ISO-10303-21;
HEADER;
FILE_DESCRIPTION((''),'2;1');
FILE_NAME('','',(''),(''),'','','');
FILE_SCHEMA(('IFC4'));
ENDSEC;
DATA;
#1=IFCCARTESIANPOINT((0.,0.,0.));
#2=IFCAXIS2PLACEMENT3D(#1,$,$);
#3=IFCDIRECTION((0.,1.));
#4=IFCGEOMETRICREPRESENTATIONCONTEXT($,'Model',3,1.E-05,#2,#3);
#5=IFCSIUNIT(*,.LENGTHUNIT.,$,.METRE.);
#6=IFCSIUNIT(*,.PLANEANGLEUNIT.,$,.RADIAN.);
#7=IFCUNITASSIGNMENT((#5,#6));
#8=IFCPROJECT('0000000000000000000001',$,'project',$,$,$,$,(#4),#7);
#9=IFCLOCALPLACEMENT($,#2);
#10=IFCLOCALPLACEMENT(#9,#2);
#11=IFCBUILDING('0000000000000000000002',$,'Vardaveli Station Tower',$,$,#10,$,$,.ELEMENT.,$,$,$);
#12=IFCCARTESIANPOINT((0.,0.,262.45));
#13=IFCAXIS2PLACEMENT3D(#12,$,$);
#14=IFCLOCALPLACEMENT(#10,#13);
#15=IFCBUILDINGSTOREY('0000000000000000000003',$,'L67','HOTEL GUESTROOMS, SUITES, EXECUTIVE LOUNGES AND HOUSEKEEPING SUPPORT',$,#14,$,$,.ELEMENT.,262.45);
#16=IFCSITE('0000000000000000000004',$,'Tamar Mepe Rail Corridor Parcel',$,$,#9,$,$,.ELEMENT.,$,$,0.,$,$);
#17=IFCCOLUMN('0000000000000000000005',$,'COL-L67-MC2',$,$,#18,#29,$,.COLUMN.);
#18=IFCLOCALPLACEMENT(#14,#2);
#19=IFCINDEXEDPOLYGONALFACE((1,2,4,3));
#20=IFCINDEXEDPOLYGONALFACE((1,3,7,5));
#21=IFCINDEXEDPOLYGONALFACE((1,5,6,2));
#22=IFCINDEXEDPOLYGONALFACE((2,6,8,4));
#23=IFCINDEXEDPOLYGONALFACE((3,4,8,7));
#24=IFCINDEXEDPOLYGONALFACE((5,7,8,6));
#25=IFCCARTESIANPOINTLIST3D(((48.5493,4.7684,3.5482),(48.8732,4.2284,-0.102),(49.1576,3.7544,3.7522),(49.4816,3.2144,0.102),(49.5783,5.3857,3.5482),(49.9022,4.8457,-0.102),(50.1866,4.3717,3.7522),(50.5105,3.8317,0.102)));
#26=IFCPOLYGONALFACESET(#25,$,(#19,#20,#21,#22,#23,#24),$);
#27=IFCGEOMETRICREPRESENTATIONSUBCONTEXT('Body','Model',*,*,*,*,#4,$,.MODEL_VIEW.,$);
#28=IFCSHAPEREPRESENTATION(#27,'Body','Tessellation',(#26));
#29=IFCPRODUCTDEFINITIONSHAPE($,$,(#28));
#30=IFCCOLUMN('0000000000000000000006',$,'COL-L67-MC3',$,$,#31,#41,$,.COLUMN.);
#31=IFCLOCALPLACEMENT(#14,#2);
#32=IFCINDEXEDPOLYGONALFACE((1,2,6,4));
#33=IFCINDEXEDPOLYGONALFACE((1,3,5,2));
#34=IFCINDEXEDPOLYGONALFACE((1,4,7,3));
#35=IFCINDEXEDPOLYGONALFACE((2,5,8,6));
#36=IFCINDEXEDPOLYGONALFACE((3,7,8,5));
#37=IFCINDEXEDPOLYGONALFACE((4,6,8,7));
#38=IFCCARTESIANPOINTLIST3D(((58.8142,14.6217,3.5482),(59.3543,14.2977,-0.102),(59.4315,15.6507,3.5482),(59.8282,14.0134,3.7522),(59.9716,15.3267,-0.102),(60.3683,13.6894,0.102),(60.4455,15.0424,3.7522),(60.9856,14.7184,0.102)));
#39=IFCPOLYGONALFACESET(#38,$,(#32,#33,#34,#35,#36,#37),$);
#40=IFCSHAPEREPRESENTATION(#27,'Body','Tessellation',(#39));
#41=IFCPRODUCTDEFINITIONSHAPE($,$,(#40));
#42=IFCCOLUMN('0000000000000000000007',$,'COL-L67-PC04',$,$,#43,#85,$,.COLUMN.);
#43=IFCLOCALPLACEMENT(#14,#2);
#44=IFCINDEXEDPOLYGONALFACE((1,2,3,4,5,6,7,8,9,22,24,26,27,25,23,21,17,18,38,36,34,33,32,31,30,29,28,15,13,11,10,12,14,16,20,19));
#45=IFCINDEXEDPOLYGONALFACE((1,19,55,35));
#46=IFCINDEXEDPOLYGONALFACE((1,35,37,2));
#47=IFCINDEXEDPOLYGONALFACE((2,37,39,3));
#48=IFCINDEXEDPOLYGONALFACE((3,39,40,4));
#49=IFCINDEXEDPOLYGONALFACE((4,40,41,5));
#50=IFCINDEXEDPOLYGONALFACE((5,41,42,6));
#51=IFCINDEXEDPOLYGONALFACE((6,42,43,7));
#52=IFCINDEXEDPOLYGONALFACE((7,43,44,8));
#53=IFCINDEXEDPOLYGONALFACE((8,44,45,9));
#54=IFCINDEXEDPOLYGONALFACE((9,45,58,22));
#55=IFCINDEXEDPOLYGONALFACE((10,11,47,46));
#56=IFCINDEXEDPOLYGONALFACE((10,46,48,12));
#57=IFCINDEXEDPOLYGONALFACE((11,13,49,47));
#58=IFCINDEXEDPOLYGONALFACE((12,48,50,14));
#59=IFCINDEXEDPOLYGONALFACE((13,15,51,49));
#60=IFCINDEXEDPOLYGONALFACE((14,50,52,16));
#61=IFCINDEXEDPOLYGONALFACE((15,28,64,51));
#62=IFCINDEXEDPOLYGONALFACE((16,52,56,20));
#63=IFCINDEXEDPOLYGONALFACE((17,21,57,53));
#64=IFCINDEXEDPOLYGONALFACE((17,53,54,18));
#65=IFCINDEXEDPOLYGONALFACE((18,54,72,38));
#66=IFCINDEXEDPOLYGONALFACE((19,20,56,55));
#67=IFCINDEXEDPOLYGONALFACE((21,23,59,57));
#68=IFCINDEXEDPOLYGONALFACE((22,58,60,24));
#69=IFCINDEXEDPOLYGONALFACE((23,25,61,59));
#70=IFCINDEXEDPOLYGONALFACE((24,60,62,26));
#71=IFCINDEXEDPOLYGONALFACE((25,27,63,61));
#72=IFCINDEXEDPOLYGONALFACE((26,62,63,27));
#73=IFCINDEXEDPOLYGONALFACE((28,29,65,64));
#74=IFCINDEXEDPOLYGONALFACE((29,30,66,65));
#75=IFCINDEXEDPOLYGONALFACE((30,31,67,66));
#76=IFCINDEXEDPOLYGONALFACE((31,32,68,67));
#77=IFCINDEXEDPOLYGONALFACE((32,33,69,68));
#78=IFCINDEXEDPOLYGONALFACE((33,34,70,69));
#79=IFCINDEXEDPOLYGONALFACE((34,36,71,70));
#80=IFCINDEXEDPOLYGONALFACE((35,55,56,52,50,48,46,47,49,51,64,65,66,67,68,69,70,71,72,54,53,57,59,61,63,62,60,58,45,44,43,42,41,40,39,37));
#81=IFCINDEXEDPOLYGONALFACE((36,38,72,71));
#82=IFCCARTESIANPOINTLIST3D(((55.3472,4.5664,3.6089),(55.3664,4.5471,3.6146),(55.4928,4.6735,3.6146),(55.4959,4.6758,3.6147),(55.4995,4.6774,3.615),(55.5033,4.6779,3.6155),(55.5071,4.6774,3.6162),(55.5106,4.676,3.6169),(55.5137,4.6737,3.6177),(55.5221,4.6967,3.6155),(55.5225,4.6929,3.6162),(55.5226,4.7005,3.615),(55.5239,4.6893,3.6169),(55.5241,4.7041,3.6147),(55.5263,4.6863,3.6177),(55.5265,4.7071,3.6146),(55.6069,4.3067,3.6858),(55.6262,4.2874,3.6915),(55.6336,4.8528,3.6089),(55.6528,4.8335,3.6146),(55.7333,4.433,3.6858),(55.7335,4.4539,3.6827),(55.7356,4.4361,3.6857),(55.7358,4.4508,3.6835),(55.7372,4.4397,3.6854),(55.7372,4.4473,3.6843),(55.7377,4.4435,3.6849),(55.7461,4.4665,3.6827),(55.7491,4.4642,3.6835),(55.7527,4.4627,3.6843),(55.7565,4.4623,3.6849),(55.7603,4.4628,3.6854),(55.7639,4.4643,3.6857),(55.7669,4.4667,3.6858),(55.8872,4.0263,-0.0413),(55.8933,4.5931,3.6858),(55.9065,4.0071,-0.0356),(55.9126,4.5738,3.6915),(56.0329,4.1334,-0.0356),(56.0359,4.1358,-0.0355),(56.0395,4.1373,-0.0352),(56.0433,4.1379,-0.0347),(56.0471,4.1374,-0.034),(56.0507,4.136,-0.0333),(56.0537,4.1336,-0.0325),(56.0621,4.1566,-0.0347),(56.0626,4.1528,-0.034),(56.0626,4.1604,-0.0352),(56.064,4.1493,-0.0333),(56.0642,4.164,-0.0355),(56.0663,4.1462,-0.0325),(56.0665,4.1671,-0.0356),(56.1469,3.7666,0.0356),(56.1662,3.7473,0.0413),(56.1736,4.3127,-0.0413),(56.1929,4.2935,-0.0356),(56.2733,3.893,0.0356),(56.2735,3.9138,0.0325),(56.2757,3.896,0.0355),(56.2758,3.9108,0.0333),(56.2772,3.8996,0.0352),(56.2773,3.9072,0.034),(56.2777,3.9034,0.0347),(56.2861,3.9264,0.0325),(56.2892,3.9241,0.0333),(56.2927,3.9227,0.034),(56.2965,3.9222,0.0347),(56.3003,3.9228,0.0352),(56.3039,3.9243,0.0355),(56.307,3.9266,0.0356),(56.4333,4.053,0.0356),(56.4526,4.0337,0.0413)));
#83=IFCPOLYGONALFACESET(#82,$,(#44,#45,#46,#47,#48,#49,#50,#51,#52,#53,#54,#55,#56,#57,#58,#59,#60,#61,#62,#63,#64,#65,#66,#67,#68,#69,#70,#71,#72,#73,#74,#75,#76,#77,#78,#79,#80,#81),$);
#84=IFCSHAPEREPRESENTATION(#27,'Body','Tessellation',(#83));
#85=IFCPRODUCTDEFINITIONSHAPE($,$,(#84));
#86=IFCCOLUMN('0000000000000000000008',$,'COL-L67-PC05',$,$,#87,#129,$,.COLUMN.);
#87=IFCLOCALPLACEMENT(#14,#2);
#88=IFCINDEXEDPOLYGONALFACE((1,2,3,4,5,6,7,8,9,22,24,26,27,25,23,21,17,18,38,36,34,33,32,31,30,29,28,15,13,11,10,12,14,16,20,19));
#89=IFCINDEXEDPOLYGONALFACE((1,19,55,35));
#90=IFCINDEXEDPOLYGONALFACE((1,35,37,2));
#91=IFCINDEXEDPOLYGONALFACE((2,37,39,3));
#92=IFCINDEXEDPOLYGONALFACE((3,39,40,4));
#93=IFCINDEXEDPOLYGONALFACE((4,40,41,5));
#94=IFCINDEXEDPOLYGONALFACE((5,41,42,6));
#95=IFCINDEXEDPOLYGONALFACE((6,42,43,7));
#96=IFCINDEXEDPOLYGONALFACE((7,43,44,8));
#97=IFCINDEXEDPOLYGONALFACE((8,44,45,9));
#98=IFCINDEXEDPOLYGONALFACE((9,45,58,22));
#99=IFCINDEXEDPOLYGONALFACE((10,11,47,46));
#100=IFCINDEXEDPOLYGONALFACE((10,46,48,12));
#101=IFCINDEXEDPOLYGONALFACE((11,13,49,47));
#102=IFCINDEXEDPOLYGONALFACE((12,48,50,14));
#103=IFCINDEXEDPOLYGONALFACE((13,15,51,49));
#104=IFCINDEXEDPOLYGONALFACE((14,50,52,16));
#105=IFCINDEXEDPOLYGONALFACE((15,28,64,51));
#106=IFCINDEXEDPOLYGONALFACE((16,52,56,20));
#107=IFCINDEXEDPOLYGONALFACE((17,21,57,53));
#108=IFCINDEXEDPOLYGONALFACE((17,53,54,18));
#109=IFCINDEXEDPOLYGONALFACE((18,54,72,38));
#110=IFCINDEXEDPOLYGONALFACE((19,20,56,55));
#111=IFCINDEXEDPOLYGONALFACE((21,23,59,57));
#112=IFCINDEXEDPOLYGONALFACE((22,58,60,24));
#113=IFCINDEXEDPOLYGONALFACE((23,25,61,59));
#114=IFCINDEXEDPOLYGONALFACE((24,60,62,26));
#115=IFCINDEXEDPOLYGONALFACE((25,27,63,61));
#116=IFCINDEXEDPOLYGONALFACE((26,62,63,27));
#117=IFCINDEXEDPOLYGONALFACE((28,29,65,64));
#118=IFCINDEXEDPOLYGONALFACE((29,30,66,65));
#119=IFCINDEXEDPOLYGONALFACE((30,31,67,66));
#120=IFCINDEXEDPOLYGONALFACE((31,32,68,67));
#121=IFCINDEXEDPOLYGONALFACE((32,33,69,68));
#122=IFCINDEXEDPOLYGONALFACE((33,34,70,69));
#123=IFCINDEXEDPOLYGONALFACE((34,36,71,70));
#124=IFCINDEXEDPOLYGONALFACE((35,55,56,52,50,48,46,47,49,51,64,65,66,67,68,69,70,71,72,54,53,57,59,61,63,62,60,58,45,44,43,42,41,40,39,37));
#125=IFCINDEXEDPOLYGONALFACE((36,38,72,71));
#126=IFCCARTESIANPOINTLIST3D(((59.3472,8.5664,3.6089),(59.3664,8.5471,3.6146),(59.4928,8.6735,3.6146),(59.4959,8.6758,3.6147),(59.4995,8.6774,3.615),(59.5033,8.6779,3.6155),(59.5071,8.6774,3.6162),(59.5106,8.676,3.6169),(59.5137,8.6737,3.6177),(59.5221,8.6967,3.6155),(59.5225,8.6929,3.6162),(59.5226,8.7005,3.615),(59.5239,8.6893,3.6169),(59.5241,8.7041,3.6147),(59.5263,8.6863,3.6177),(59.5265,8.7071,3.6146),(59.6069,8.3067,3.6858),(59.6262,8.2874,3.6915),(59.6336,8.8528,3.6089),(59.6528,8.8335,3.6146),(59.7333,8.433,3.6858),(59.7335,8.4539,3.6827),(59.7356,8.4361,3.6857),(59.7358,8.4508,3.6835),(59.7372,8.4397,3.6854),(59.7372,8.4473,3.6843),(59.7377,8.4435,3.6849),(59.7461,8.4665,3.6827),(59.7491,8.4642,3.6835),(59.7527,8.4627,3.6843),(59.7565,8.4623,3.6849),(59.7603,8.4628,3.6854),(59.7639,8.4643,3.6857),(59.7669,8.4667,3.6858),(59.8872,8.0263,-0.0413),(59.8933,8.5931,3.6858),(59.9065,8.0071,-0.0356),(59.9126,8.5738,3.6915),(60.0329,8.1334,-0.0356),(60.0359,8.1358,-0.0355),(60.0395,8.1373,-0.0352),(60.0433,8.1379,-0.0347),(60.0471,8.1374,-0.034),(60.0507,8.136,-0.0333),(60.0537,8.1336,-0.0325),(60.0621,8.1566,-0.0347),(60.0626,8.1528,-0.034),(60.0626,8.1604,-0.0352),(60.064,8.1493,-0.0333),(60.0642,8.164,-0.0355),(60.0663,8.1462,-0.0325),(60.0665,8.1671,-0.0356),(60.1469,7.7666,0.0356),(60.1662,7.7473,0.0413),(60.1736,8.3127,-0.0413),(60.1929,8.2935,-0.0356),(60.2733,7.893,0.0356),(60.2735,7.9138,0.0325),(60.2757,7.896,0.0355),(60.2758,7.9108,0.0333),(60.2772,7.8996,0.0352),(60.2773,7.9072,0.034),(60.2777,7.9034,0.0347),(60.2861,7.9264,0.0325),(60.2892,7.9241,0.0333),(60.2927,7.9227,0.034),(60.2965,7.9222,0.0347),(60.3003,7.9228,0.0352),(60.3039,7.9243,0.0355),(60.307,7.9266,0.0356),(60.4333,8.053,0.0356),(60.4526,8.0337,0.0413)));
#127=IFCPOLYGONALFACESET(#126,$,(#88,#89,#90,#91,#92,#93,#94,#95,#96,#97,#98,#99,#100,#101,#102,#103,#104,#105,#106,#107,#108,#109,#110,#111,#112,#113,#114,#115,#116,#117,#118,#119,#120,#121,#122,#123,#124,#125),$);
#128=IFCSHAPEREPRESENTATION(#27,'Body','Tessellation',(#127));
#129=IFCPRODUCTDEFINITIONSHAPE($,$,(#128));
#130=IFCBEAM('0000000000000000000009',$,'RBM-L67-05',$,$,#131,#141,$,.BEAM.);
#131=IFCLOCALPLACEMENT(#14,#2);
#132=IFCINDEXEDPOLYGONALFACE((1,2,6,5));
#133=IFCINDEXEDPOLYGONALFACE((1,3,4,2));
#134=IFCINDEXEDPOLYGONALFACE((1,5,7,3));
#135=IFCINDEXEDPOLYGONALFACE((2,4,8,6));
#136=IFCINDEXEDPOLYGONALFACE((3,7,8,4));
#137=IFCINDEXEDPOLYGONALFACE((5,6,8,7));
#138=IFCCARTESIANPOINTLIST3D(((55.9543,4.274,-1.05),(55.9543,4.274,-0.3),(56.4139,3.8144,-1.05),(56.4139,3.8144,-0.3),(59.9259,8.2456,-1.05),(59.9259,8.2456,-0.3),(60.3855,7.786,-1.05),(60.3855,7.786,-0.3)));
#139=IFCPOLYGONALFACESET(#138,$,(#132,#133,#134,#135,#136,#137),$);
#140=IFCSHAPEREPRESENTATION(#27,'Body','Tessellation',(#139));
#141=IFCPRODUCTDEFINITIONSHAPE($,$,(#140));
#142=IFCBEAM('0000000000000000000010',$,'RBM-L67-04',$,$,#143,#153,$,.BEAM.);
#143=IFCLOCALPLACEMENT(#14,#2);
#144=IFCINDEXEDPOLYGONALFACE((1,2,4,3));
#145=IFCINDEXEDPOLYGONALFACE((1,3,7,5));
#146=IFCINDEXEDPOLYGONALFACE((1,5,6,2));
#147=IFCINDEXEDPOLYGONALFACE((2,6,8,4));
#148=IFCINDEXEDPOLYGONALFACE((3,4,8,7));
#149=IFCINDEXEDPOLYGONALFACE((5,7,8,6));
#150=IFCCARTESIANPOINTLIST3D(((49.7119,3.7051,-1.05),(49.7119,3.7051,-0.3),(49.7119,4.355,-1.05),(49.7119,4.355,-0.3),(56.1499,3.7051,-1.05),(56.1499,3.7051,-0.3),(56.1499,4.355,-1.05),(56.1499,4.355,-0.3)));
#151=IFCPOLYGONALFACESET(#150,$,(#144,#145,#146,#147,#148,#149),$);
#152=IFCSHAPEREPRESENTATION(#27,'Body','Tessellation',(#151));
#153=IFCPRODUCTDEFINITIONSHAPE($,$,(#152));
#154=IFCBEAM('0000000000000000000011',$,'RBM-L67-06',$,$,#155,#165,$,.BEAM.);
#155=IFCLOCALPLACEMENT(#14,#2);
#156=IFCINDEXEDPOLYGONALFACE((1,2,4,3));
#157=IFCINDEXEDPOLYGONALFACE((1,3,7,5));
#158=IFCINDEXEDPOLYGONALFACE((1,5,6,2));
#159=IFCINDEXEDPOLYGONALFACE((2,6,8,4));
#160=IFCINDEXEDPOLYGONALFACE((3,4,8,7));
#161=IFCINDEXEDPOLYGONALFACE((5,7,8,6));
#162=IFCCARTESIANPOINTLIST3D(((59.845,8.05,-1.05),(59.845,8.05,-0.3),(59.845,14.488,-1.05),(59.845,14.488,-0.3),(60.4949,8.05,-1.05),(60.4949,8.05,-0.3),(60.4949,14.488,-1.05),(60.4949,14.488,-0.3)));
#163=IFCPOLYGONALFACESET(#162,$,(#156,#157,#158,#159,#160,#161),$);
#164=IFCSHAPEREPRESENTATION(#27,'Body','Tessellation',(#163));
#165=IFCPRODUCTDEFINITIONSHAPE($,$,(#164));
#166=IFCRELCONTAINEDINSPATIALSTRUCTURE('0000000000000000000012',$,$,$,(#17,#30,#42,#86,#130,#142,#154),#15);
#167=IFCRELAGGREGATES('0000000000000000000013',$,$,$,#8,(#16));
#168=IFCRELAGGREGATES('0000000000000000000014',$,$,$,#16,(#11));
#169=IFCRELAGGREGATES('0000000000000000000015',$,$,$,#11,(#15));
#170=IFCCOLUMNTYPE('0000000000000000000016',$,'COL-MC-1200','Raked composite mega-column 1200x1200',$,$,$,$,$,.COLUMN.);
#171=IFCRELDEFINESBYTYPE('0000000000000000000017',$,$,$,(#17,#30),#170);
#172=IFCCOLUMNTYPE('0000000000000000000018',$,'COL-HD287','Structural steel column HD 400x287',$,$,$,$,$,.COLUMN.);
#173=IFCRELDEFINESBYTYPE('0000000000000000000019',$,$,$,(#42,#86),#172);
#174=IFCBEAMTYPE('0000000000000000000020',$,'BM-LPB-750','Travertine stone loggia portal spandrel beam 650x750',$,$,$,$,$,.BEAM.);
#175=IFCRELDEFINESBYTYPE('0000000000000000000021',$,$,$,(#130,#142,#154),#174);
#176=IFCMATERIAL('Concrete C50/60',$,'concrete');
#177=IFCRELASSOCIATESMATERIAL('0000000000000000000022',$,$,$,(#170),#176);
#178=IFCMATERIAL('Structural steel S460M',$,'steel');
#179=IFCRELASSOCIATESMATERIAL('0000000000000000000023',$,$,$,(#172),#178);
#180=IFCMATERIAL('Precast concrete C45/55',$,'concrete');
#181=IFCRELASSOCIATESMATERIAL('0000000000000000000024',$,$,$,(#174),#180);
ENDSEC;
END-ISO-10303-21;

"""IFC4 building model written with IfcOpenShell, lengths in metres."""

from ifc_helpers import new_model, si_unit, direction, frame, origin, origin_2d, place, context, subcontext, project, spatial, rectangle, i_section, extrude, source, transform, mapped, material, material_profile, profile_set, type_object, element, save


model = new_model("IFC4")

# Units and contexts
model_context = context("Model", 3, precision=1e-05, world=origin(), true_north=direction((0.0, 1.0)))
body_context = subcontext(model_context, "Body", "Model", "MODEL_VIEW")
ifc_project = project(units=[si_unit("LENGTHUNIT", "METRE"), si_unit("PLANEANGLEUNIT", "RADIAN")], contexts=[model_context])

# Site, building, storey
site_placement = place(None, origin())
site = spatial("IfcSite", under=ifc_project, at=site_placement, Name="Tamar Mepe Rail Corridor Parcel", CompositionType="ELEMENT", RefElevation=0.0)
building_placement = place(site_placement, origin())
building = spatial("IfcBuilding", under=site, at=building_placement, Name="Vardaveli Station Tower", CompositionType="ELEMENT")
storey_placement = place(building_placement, frame((0.0, 0.0, 262.45)))
storey = spatial("IfcBuildingStorey", under=building, at=storey_placement, Name="L67", Description="HOTEL GUESTROOMS, SUITES, EXECUTIVE LOUNGES AND HOUSEKEEPING SUPPORT", CompositionType="ELEMENT", Elevation=262.45)

# Columns
ifc_material_1 = material(Name="Concrete C50/60", Category="concrete")
ifc_material_profile_1 = material_profile(ifc_material_1, rectangle(XDim=1.2, YDim=1.2, at=origin_2d()), Name="MC 1200x1200")
ifc_profile_set_1 = profile_set([ifc_material_profile_1], Name="Concrete C50/60")
column_type_1 = type_object("IfcColumnType", Name="COL-MC-1200", Description="Raked composite mega-column 1200x1200", PredefinedType="COLUMN", material=ifc_profile_set_1)
shared_shape_1 = source(origin(), body_context, "Body", "SweptSolid", [
    extrude(rectangle(XDim=1.2, YDim=1.2, at=origin_2d()), origin(), (0.0, 0.0, 1.0), 3.7041),
])
for number, where, z_axis, x_axis, name in (
    (1, (49.6919, 4.03, 0.0), (-0.087464, 0.145796, 0.985441), (-0.857527, -0.514439, 0.0), "COL-L67-MC2"),
    (2, (60.1699, 14.5081, 0.0), (-0.145796, 0.087464, 0.985441), (-0.514439, -0.857527, 0.0), "COL-L67-MC3"),
):
    element("IfcColumn", number, at=place(storey_placement, frame(where, z_axis=z_axis, x_axis=x_axis)), inside=storey, type_object=column_type_1, Name=name, PredefinedType="COLUMN", context=body_context, shape_type="MappedRepresentation", body=[
        mapped(shared_shape_1, transform((0.0, 0.0, 0.0), scale=1.0)),
    ])
ifc_material_2 = material(Name="Structural steel S460M", Category="steel")
ifc_material_profile_2 = material_profile(ifc_material_2, i_section(OverallWidth=0.405, OverallDepth=0.4031, WebThickness=0.0178, FlangeThickness=0.0278, FilletRadius=0.0149, at=origin_2d()), Name="HD 400x287")
ifc_profile_set_2 = profile_set([ifc_material_profile_2], Name="Structural steel S460M")
column_type_2 = type_object("IfcColumnType", Name="COL-HD287", Description="Structural steel column HD 400x287", PredefinedType="COLUMN", material=ifc_profile_set_2)
shared_shape_2 = source(origin(), body_context, "Body", "SweptSolid", [
    extrude(i_section(OverallWidth=0.405, OverallDepth=0.4031, WebThickness=0.0178, FlangeThickness=0.0278, FilletRadius=0.0149, at=origin_2d()), origin(), (0.0, 0.0, 1.0), 3.7292),
])
for number, where, z_axis, x_axis, name in (
    (3, (56.1699, 4.03, 0.0), (-0.144814, 0.144814, 0.978804), (-0.707107, -0.707107, 0.0), "COL-L67-PC04"),
    (4, (60.1699, 8.03, 0.0), (-0.144814, 0.144814, 0.978804), (-0.707107, -0.707107, 0.0), "COL-L67-PC05"),
):
    element("IfcColumn", number, at=place(storey_placement, frame(where, z_axis=z_axis, x_axis=x_axis)), inside=storey, type_object=column_type_2, Name=name, PredefinedType="COLUMN", context=body_context, shape_type="MappedRepresentation", body=[
        mapped(shared_shape_2, transform((0.0, 0.0, 0.0), scale=1.0)),
    ])

# Beams
ifc_material_3 = material(Name="Precast concrete C45/55", Category="concrete")
ifc_material_profile_3 = material_profile(ifc_material_3, rectangle(XDim=0.6499, YDim=0.75, at=origin_2d()), Name="LPB 650x750")
ifc_profile_set_3 = profile_set([ifc_material_profile_3], Name="Precast concrete C45/55")
beam_type_1 = type_object("IfcBeamType", Name="BM-LPB-750", Description="Travertine stone loggia portal spandrel beam 650x750", PredefinedType="BEAM", material=ifc_profile_set_3)
shared_shape_3 = source(origin(), body_context, "Body", "SweptSolid", [
    extrude(rectangle(XDim=0.6499, YDim=0.75, at=origin_2d()), origin(), (0.0, 0.0, 1.0), 5.6167),
])
beam_1_placement = place(storey_placement, frame((56.1841, 4.0442, -0.675), z_axis=(0.707107, 0.707107, 0.0), x_axis=(-0.707107, 0.707107, 0.0)))
element("IfcBeam", 5, at=beam_1_placement, inside=storey, type_object=beam_type_1, Name="RBM-L67-05", PredefinedType="BEAM", context=body_context, shape_type="MappedRepresentation", body=[
    mapped(shared_shape_3, transform((0.0, 0.0, 0.0), scale=1.0)),
])
shared_shape_4 = source(origin(), body_context, "Body", "SweptSolid", [
    extrude(rectangle(XDim=0.6499, YDim=0.75, at=origin_2d()), origin(), (0.0, 0.0, 1.0), 6.438),
])
for number, where, z_axis, x_axis, name in (
    (6, (49.7119, 4.03, -0.675), (1.0, 0.0, 0.0), (0.0, 1.0, 0.0), "RBM-L67-04"),
    (7, (60.1699, 8.05, -0.675), (0.0, 1.0, 0.0), (-1.0, 0.0, 0.0), "RBM-L67-06"),
):
    element("IfcBeam", number, at=place(storey_placement, frame(where, z_axis=z_axis, x_axis=x_axis)), inside=storey, type_object=beam_type_1, Name=name, PredefinedType="BEAM", context=body_context, shape_type="MappedRepresentation", body=[
        mapped(shared_shape_4, transform((0.0, 0.0, 0.0), scale=1.0)),
    ])

save(model, "model.ifc")
